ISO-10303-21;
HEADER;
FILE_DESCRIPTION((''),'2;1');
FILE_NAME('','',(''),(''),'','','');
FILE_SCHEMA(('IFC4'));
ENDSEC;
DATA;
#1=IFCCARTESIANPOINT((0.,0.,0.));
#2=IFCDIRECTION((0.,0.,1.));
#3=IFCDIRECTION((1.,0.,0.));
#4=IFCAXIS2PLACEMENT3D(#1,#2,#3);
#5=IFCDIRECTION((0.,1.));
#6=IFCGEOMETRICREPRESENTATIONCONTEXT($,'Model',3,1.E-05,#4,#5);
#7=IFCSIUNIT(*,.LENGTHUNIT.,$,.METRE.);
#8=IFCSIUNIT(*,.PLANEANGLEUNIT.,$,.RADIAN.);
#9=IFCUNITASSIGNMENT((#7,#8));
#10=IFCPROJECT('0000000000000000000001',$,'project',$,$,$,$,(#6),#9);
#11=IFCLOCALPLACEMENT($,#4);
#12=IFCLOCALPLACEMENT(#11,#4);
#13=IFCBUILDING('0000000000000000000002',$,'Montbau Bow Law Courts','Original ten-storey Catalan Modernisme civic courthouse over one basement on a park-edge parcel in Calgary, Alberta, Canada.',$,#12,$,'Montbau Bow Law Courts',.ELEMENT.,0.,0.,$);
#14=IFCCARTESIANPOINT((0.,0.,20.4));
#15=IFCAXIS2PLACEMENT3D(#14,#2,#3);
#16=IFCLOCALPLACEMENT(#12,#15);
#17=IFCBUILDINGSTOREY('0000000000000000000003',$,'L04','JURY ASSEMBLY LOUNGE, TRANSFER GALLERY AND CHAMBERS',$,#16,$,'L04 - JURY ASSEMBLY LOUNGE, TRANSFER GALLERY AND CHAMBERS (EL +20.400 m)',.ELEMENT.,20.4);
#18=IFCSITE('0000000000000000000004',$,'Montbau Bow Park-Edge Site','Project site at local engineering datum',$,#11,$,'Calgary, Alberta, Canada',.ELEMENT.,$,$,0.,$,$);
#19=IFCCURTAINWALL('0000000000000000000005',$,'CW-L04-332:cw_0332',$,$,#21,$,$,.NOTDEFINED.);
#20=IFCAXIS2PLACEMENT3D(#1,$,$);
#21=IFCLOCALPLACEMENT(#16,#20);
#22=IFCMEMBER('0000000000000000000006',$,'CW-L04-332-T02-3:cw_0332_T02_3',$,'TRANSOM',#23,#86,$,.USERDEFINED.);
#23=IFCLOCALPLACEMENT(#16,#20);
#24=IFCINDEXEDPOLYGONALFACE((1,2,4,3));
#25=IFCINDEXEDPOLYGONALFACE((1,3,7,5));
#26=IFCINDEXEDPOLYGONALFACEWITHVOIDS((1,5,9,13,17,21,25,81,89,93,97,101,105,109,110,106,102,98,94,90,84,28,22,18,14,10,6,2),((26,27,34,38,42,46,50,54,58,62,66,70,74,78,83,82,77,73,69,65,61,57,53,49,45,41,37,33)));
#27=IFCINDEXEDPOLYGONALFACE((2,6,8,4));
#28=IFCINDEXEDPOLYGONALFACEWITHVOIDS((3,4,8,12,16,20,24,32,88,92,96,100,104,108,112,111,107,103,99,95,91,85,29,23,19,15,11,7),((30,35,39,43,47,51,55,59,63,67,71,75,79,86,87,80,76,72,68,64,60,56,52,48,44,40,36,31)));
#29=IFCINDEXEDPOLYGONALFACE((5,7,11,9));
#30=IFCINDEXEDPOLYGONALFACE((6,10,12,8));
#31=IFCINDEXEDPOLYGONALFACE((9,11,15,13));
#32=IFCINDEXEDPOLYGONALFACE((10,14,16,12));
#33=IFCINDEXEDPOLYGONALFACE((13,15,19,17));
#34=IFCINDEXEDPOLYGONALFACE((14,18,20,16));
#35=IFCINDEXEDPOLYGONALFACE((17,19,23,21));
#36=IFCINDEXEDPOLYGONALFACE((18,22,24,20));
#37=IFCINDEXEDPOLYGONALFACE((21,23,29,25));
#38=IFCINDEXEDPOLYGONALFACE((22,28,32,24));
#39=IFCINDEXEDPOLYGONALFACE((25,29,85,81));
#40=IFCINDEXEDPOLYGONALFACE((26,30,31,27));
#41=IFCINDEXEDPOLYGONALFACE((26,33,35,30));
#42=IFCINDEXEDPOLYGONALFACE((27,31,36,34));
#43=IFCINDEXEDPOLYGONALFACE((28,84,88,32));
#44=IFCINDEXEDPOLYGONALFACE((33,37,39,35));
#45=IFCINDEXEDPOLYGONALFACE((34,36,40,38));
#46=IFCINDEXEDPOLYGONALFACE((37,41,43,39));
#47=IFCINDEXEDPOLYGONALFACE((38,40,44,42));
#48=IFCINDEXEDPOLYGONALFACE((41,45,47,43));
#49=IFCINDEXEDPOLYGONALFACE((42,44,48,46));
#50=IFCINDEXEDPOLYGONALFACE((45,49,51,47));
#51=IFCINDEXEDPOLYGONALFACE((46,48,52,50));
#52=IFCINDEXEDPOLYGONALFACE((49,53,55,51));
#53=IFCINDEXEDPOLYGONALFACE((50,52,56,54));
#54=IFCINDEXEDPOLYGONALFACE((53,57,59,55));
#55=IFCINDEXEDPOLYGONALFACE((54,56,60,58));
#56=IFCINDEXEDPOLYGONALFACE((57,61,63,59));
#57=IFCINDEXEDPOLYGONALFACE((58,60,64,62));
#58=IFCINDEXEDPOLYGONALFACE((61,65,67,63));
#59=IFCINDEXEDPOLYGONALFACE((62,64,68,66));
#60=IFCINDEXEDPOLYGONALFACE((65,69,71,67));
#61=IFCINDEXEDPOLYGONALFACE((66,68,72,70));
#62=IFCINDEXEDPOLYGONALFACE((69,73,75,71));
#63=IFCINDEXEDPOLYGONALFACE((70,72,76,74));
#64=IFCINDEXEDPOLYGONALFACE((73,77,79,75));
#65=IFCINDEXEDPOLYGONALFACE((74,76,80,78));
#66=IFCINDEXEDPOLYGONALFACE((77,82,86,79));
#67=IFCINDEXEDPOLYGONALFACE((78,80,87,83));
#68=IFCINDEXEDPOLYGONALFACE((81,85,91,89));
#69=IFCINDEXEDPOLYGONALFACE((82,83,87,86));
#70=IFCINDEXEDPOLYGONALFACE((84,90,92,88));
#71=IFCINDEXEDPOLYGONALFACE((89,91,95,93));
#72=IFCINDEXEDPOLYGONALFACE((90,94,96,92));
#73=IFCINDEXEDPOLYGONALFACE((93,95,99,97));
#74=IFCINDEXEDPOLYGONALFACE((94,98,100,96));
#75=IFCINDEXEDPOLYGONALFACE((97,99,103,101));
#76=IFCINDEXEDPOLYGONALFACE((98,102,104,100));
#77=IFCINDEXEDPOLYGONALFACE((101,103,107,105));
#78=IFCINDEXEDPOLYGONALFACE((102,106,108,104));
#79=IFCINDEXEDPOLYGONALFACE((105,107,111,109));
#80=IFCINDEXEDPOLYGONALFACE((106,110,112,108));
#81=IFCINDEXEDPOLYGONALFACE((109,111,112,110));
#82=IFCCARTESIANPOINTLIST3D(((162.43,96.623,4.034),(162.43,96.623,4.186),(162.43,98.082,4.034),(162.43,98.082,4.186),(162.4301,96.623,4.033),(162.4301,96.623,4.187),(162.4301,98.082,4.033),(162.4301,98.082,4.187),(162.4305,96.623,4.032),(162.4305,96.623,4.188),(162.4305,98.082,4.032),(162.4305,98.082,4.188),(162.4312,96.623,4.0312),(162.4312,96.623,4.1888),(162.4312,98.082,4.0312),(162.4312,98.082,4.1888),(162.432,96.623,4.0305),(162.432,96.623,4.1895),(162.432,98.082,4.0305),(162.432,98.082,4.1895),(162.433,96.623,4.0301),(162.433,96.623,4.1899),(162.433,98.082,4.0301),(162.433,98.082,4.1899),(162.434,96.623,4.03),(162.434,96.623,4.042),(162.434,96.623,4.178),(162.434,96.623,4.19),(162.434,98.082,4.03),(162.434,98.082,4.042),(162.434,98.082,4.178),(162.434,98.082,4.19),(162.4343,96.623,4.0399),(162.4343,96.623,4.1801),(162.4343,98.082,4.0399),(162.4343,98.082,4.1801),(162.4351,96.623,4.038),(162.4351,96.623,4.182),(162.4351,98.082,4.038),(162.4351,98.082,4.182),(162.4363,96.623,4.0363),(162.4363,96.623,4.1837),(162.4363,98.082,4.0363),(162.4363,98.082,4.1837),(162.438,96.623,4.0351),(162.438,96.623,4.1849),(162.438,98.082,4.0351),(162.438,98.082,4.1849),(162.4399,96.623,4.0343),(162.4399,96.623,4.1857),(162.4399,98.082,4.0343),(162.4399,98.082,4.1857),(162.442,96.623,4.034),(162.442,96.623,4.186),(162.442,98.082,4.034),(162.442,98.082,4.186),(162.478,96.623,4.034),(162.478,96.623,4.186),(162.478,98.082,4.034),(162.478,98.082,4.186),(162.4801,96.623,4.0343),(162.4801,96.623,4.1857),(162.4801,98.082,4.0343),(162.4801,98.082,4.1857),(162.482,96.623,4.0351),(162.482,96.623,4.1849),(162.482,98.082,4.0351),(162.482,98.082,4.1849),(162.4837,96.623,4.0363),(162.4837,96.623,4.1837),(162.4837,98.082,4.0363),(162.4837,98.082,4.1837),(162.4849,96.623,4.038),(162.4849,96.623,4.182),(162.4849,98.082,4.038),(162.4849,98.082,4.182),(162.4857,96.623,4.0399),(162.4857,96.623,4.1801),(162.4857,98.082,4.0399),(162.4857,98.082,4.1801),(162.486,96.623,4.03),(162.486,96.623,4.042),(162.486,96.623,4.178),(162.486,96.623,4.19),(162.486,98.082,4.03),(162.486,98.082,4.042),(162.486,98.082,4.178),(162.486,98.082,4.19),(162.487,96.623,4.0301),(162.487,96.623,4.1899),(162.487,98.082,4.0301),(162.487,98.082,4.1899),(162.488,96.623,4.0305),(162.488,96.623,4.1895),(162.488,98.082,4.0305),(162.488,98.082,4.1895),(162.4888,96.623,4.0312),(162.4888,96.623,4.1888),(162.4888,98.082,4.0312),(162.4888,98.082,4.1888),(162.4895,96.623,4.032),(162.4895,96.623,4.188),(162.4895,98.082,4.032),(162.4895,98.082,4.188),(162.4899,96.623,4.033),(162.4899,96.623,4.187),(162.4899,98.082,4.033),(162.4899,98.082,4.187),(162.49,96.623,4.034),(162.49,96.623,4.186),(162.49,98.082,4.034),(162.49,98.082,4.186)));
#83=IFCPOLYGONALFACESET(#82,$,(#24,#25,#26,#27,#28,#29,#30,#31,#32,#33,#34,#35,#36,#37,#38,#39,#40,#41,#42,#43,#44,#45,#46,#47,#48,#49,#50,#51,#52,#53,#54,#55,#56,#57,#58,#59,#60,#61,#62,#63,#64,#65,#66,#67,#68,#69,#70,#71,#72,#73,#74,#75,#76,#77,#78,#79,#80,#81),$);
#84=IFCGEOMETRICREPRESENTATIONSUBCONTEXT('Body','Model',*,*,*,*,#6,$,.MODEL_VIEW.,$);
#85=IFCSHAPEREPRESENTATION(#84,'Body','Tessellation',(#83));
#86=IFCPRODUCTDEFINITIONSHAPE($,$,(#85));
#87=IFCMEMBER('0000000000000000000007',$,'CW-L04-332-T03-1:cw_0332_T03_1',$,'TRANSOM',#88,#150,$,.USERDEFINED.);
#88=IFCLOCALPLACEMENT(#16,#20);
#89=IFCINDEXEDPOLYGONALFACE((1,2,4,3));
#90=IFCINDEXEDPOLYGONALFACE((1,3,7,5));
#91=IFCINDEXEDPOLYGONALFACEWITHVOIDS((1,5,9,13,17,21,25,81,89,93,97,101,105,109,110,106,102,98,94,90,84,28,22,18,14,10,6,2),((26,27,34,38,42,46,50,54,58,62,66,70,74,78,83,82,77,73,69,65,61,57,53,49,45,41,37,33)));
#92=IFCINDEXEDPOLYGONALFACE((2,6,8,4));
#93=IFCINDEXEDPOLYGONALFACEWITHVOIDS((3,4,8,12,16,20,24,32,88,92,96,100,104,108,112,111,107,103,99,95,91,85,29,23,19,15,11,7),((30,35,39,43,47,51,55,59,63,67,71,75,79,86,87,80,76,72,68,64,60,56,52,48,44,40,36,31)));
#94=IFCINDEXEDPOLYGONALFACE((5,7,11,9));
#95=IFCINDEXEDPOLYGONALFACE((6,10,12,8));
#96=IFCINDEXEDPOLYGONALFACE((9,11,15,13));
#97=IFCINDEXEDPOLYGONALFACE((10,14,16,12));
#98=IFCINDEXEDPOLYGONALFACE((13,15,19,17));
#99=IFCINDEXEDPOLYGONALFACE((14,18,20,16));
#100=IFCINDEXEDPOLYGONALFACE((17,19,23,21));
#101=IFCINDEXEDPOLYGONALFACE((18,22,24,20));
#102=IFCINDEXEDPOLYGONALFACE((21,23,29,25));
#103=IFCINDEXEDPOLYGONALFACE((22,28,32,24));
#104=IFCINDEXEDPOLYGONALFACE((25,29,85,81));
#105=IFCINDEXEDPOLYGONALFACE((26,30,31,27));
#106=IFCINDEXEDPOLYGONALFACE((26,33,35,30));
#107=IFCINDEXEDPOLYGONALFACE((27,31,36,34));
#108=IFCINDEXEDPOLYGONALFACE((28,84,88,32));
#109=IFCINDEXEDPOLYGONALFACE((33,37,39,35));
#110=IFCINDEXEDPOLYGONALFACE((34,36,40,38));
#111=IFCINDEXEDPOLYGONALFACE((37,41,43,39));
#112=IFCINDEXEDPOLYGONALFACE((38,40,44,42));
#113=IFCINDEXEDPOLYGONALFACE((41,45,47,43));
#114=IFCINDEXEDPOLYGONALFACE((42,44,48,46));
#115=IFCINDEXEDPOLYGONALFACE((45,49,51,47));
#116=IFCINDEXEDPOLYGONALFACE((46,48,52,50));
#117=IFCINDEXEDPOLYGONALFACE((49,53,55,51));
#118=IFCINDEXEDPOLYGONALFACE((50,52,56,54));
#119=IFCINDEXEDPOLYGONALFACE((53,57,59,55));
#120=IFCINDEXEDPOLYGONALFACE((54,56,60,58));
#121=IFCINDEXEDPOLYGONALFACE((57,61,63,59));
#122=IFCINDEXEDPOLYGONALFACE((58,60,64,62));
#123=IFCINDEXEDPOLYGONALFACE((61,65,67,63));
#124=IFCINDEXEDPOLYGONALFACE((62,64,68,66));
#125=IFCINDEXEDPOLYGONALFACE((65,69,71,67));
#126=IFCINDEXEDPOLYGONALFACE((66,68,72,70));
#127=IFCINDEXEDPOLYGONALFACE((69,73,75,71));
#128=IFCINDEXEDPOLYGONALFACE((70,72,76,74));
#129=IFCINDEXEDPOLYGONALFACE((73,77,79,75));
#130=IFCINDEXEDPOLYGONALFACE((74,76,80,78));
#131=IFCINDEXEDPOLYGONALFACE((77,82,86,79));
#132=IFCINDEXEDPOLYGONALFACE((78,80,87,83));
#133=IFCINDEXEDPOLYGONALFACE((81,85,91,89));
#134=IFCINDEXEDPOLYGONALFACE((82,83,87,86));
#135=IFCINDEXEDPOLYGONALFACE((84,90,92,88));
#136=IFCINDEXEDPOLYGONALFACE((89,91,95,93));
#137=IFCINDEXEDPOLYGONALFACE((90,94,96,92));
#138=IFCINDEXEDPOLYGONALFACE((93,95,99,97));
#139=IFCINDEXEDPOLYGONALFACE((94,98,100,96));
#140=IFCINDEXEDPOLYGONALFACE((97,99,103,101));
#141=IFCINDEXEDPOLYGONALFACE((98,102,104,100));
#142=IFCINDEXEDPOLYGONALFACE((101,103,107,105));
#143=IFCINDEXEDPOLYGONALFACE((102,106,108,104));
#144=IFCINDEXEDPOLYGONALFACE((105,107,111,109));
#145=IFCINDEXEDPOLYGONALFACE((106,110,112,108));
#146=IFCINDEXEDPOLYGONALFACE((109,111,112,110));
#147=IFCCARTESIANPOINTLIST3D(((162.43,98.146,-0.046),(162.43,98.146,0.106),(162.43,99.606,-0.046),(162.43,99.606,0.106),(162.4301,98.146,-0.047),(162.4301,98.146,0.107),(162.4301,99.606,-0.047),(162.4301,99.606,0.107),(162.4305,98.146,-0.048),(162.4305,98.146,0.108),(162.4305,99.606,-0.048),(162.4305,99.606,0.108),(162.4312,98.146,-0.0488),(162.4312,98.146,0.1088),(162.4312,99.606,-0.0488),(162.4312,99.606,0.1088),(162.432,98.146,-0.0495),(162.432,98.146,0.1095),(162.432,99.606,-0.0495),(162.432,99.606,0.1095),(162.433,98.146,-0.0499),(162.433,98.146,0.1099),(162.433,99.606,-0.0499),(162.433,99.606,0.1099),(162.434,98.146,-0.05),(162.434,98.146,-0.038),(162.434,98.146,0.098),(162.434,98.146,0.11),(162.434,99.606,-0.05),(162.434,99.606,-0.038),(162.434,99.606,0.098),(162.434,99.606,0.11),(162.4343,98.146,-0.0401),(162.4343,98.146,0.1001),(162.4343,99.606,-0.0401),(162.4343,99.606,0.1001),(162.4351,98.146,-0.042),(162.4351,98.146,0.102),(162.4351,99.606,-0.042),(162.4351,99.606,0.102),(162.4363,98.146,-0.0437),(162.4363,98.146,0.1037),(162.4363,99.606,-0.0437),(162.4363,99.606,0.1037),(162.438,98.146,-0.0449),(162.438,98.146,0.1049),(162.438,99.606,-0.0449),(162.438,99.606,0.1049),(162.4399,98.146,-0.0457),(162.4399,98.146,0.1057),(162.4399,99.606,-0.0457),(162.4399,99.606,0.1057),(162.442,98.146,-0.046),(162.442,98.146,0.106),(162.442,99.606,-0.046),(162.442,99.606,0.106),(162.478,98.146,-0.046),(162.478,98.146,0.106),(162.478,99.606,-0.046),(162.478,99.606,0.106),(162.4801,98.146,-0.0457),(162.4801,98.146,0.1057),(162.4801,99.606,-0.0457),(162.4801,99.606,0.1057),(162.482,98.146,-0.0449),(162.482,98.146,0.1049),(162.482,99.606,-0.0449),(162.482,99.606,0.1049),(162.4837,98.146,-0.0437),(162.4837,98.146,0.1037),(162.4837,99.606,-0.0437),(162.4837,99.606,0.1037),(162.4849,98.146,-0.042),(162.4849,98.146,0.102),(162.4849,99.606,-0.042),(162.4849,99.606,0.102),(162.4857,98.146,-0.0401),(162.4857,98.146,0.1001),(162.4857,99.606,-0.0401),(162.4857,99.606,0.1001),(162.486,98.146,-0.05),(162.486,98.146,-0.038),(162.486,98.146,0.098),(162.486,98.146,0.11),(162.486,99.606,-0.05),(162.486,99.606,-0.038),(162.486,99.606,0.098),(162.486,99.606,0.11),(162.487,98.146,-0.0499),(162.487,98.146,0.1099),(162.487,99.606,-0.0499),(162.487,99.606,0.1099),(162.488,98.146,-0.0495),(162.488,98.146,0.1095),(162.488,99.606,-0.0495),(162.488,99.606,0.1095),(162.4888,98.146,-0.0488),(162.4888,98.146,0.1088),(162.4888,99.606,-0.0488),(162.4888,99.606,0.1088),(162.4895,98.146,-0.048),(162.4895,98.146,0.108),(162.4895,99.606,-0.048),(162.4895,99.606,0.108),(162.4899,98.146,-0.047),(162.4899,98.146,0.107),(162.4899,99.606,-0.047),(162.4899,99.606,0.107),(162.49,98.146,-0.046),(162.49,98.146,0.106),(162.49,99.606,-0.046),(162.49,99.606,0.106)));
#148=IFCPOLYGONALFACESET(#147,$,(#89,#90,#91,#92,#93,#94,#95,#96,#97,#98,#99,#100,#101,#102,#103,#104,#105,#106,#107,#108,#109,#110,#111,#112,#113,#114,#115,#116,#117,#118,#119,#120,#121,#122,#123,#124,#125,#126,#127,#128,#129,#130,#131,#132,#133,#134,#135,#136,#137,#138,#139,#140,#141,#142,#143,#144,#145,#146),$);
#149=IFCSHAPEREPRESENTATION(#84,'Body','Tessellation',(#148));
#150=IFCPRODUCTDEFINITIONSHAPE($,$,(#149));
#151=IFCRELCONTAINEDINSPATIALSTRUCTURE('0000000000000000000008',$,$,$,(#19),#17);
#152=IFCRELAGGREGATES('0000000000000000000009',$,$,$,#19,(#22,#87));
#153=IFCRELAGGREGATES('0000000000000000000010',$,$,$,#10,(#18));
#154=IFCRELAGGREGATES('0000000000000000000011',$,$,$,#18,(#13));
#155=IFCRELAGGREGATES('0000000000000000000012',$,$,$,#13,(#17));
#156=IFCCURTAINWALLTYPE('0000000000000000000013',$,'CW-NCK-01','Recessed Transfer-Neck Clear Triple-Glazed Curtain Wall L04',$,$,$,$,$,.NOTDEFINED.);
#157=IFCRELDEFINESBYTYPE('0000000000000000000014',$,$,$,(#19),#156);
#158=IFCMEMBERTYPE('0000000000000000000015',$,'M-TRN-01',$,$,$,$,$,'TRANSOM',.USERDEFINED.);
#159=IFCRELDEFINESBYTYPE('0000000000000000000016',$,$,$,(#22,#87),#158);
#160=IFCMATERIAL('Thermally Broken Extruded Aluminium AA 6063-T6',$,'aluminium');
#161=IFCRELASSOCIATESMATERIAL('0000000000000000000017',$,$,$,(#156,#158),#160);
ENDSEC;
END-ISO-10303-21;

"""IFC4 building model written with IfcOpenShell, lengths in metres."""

from ifc_helpers import new_model, si_unit, direction, frame, origin_with_axes, origin_2d_with_axis, place, context, subcontext, project, spatial, hollow_rectangle, extrude, material, material_profile, profile_set, type_object, element, aggregate, save


model = new_model("IFC4")

# Units and contexts
model_context = context("Model", 3, precision=1e-05, world=origin_with_axes(), true_north=direction((0.0, 1.0)))
body_context = subcontext(model_context, "Body", "Model", "MODEL_VIEW")
ifc_project = project(units=[si_unit("LENGTHUNIT", "METRE"), si_unit("PLANEANGLEUNIT", "RADIAN")], contexts=[model_context])

# Site, building, storey
site_placement = place(None, origin_with_axes())
site = spatial("IfcSite", under=ifc_project, at=site_placement, Name="Montbau Bow Park-Edge Site", Description="Project site at local engineering datum", LongName="Calgary, Alberta, Canada", CompositionType="ELEMENT", RefElevation=0.0)
building_placement = place(site_placement, origin_with_axes())
building = spatial("IfcBuilding", under=site, at=building_placement, Name="Montbau Bow Law Courts", Description="Original ten-storey Catalan Modernisme civic courthouse over one basement on a park-edge parcel in Calgary, Alberta, Canada.", LongName="Montbau Bow Law Courts", CompositionType="ELEMENT", ElevationOfRefHeight=0.0, ElevationOfTerrain=0.0)
storey_placement = place(building_placement, frame((0.0, 0.0, 20.4), z_axis=(0.0, 0.0, 1.0), x_axis=(1.0, 0.0, 0.0)))
storey = spatial("IfcBuildingStorey", under=building, at=storey_placement, Name="L04", Description="JURY ASSEMBLY LOUNGE, TRANSFER GALLERY AND CHAMBERS", LongName="L04 - JURY ASSEMBLY LOUNGE, TRANSFER GALLERY AND CHAMBERS (EL +20.400 m)", CompositionType="ELEMENT", Elevation=20.4)

# Curtain wall, members
ifc_material_1 = material(Name="Thermally Broken Extruded Aluminium AA 6063-T6", Category="aluminium")
curtain_wall_type = type_object("IfcCurtainWallType", Name="CW-NCK-01", Description="Recessed Transfer-Neck Clear Triple-Glazed Curtain Wall L04", PredefinedType="NOTDEFINED", material=ifc_material_1)
curtain_wall_placement = place(None, frame((162.46, 95.067, 20.4), z_axis=(0.0, 0.0, 1.0), x_axis=(1.0, 0.0, 0.0)))
curtain_wall = element("IfcCurtainWall", 1, at=curtain_wall_placement, inside=storey, type_object=curtain_wall_type, Name="CW-L04-332:cw_0332", PredefinedType="NOTDEFINED")
ifc_material_profile_1 = material_profile(ifc_material_1, hollow_rectangle(XDim=0.06, YDim=0.16, WallThickness=0.004, InnerFilletRadius=0.008, OuterFilletRadius=0.004, at=origin_2d_with_axis()), Name="CWT-160X60", Category="Main", Priority=0)
ifc_profile_set_1 = profile_set([ifc_material_profile_1], Name="Thermally Broken Extruded Aluminium AA 6063-T6")
member_type_1 = type_object("IfcMemberType", Name="M-TRN-01", ElementType="TRANSOM", PredefinedType="USERDEFINED", material=ifc_profile_set_1)
member_1_placement = place(None, frame((162.46, 96.623, 24.51), z_axis=(0.0, 1.0, 0.0), x_axis=(-1.0, 0.0, 0.0)))
member_1 = element("IfcMember", 2, at=member_1_placement, type_object=member_type_1, Name="CW-L04-332-T02-3:cw_0332_T02_3", ObjectType="TRANSOM", PredefinedType="USERDEFINED", context=body_context, shape_type="SweptSolid", body=[
    extrude(hollow_rectangle(XDim=0.06, YDim=0.16, WallThickness=0.004, InnerFilletRadius=0.008, OuterFilletRadius=0.004, at=origin_2d_with_axis()), origin_with_axes(), (0.0, 0.0, 1.0), 1.459),
])
member_2_placement = place(None, frame((162.46, 98.146, 20.43), z_axis=(0.0, 1.0, 0.0), x_axis=(-1.0, 0.0, 0.0)))
member_2 = element("IfcMember", 3, at=member_2_placement, type_object=member_type_1, Name="CW-L04-332-T03-1:cw_0332_T03_1", ObjectType="TRANSOM", PredefinedType="USERDEFINED", context=body_context, shape_type="SweptSolid", body=[
    extrude(hollow_rectangle(XDim=0.06, YDim=0.16, WallThickness=0.004, InnerFilletRadius=0.008, OuterFilletRadius=0.004, at=origin_2d_with_axis()), origin_with_axes(), (0.0, 0.0, 1.0), 1.46),
])
aggregate(curtain_wall, [member_1, member_2])

save(model, "model.ifc")
